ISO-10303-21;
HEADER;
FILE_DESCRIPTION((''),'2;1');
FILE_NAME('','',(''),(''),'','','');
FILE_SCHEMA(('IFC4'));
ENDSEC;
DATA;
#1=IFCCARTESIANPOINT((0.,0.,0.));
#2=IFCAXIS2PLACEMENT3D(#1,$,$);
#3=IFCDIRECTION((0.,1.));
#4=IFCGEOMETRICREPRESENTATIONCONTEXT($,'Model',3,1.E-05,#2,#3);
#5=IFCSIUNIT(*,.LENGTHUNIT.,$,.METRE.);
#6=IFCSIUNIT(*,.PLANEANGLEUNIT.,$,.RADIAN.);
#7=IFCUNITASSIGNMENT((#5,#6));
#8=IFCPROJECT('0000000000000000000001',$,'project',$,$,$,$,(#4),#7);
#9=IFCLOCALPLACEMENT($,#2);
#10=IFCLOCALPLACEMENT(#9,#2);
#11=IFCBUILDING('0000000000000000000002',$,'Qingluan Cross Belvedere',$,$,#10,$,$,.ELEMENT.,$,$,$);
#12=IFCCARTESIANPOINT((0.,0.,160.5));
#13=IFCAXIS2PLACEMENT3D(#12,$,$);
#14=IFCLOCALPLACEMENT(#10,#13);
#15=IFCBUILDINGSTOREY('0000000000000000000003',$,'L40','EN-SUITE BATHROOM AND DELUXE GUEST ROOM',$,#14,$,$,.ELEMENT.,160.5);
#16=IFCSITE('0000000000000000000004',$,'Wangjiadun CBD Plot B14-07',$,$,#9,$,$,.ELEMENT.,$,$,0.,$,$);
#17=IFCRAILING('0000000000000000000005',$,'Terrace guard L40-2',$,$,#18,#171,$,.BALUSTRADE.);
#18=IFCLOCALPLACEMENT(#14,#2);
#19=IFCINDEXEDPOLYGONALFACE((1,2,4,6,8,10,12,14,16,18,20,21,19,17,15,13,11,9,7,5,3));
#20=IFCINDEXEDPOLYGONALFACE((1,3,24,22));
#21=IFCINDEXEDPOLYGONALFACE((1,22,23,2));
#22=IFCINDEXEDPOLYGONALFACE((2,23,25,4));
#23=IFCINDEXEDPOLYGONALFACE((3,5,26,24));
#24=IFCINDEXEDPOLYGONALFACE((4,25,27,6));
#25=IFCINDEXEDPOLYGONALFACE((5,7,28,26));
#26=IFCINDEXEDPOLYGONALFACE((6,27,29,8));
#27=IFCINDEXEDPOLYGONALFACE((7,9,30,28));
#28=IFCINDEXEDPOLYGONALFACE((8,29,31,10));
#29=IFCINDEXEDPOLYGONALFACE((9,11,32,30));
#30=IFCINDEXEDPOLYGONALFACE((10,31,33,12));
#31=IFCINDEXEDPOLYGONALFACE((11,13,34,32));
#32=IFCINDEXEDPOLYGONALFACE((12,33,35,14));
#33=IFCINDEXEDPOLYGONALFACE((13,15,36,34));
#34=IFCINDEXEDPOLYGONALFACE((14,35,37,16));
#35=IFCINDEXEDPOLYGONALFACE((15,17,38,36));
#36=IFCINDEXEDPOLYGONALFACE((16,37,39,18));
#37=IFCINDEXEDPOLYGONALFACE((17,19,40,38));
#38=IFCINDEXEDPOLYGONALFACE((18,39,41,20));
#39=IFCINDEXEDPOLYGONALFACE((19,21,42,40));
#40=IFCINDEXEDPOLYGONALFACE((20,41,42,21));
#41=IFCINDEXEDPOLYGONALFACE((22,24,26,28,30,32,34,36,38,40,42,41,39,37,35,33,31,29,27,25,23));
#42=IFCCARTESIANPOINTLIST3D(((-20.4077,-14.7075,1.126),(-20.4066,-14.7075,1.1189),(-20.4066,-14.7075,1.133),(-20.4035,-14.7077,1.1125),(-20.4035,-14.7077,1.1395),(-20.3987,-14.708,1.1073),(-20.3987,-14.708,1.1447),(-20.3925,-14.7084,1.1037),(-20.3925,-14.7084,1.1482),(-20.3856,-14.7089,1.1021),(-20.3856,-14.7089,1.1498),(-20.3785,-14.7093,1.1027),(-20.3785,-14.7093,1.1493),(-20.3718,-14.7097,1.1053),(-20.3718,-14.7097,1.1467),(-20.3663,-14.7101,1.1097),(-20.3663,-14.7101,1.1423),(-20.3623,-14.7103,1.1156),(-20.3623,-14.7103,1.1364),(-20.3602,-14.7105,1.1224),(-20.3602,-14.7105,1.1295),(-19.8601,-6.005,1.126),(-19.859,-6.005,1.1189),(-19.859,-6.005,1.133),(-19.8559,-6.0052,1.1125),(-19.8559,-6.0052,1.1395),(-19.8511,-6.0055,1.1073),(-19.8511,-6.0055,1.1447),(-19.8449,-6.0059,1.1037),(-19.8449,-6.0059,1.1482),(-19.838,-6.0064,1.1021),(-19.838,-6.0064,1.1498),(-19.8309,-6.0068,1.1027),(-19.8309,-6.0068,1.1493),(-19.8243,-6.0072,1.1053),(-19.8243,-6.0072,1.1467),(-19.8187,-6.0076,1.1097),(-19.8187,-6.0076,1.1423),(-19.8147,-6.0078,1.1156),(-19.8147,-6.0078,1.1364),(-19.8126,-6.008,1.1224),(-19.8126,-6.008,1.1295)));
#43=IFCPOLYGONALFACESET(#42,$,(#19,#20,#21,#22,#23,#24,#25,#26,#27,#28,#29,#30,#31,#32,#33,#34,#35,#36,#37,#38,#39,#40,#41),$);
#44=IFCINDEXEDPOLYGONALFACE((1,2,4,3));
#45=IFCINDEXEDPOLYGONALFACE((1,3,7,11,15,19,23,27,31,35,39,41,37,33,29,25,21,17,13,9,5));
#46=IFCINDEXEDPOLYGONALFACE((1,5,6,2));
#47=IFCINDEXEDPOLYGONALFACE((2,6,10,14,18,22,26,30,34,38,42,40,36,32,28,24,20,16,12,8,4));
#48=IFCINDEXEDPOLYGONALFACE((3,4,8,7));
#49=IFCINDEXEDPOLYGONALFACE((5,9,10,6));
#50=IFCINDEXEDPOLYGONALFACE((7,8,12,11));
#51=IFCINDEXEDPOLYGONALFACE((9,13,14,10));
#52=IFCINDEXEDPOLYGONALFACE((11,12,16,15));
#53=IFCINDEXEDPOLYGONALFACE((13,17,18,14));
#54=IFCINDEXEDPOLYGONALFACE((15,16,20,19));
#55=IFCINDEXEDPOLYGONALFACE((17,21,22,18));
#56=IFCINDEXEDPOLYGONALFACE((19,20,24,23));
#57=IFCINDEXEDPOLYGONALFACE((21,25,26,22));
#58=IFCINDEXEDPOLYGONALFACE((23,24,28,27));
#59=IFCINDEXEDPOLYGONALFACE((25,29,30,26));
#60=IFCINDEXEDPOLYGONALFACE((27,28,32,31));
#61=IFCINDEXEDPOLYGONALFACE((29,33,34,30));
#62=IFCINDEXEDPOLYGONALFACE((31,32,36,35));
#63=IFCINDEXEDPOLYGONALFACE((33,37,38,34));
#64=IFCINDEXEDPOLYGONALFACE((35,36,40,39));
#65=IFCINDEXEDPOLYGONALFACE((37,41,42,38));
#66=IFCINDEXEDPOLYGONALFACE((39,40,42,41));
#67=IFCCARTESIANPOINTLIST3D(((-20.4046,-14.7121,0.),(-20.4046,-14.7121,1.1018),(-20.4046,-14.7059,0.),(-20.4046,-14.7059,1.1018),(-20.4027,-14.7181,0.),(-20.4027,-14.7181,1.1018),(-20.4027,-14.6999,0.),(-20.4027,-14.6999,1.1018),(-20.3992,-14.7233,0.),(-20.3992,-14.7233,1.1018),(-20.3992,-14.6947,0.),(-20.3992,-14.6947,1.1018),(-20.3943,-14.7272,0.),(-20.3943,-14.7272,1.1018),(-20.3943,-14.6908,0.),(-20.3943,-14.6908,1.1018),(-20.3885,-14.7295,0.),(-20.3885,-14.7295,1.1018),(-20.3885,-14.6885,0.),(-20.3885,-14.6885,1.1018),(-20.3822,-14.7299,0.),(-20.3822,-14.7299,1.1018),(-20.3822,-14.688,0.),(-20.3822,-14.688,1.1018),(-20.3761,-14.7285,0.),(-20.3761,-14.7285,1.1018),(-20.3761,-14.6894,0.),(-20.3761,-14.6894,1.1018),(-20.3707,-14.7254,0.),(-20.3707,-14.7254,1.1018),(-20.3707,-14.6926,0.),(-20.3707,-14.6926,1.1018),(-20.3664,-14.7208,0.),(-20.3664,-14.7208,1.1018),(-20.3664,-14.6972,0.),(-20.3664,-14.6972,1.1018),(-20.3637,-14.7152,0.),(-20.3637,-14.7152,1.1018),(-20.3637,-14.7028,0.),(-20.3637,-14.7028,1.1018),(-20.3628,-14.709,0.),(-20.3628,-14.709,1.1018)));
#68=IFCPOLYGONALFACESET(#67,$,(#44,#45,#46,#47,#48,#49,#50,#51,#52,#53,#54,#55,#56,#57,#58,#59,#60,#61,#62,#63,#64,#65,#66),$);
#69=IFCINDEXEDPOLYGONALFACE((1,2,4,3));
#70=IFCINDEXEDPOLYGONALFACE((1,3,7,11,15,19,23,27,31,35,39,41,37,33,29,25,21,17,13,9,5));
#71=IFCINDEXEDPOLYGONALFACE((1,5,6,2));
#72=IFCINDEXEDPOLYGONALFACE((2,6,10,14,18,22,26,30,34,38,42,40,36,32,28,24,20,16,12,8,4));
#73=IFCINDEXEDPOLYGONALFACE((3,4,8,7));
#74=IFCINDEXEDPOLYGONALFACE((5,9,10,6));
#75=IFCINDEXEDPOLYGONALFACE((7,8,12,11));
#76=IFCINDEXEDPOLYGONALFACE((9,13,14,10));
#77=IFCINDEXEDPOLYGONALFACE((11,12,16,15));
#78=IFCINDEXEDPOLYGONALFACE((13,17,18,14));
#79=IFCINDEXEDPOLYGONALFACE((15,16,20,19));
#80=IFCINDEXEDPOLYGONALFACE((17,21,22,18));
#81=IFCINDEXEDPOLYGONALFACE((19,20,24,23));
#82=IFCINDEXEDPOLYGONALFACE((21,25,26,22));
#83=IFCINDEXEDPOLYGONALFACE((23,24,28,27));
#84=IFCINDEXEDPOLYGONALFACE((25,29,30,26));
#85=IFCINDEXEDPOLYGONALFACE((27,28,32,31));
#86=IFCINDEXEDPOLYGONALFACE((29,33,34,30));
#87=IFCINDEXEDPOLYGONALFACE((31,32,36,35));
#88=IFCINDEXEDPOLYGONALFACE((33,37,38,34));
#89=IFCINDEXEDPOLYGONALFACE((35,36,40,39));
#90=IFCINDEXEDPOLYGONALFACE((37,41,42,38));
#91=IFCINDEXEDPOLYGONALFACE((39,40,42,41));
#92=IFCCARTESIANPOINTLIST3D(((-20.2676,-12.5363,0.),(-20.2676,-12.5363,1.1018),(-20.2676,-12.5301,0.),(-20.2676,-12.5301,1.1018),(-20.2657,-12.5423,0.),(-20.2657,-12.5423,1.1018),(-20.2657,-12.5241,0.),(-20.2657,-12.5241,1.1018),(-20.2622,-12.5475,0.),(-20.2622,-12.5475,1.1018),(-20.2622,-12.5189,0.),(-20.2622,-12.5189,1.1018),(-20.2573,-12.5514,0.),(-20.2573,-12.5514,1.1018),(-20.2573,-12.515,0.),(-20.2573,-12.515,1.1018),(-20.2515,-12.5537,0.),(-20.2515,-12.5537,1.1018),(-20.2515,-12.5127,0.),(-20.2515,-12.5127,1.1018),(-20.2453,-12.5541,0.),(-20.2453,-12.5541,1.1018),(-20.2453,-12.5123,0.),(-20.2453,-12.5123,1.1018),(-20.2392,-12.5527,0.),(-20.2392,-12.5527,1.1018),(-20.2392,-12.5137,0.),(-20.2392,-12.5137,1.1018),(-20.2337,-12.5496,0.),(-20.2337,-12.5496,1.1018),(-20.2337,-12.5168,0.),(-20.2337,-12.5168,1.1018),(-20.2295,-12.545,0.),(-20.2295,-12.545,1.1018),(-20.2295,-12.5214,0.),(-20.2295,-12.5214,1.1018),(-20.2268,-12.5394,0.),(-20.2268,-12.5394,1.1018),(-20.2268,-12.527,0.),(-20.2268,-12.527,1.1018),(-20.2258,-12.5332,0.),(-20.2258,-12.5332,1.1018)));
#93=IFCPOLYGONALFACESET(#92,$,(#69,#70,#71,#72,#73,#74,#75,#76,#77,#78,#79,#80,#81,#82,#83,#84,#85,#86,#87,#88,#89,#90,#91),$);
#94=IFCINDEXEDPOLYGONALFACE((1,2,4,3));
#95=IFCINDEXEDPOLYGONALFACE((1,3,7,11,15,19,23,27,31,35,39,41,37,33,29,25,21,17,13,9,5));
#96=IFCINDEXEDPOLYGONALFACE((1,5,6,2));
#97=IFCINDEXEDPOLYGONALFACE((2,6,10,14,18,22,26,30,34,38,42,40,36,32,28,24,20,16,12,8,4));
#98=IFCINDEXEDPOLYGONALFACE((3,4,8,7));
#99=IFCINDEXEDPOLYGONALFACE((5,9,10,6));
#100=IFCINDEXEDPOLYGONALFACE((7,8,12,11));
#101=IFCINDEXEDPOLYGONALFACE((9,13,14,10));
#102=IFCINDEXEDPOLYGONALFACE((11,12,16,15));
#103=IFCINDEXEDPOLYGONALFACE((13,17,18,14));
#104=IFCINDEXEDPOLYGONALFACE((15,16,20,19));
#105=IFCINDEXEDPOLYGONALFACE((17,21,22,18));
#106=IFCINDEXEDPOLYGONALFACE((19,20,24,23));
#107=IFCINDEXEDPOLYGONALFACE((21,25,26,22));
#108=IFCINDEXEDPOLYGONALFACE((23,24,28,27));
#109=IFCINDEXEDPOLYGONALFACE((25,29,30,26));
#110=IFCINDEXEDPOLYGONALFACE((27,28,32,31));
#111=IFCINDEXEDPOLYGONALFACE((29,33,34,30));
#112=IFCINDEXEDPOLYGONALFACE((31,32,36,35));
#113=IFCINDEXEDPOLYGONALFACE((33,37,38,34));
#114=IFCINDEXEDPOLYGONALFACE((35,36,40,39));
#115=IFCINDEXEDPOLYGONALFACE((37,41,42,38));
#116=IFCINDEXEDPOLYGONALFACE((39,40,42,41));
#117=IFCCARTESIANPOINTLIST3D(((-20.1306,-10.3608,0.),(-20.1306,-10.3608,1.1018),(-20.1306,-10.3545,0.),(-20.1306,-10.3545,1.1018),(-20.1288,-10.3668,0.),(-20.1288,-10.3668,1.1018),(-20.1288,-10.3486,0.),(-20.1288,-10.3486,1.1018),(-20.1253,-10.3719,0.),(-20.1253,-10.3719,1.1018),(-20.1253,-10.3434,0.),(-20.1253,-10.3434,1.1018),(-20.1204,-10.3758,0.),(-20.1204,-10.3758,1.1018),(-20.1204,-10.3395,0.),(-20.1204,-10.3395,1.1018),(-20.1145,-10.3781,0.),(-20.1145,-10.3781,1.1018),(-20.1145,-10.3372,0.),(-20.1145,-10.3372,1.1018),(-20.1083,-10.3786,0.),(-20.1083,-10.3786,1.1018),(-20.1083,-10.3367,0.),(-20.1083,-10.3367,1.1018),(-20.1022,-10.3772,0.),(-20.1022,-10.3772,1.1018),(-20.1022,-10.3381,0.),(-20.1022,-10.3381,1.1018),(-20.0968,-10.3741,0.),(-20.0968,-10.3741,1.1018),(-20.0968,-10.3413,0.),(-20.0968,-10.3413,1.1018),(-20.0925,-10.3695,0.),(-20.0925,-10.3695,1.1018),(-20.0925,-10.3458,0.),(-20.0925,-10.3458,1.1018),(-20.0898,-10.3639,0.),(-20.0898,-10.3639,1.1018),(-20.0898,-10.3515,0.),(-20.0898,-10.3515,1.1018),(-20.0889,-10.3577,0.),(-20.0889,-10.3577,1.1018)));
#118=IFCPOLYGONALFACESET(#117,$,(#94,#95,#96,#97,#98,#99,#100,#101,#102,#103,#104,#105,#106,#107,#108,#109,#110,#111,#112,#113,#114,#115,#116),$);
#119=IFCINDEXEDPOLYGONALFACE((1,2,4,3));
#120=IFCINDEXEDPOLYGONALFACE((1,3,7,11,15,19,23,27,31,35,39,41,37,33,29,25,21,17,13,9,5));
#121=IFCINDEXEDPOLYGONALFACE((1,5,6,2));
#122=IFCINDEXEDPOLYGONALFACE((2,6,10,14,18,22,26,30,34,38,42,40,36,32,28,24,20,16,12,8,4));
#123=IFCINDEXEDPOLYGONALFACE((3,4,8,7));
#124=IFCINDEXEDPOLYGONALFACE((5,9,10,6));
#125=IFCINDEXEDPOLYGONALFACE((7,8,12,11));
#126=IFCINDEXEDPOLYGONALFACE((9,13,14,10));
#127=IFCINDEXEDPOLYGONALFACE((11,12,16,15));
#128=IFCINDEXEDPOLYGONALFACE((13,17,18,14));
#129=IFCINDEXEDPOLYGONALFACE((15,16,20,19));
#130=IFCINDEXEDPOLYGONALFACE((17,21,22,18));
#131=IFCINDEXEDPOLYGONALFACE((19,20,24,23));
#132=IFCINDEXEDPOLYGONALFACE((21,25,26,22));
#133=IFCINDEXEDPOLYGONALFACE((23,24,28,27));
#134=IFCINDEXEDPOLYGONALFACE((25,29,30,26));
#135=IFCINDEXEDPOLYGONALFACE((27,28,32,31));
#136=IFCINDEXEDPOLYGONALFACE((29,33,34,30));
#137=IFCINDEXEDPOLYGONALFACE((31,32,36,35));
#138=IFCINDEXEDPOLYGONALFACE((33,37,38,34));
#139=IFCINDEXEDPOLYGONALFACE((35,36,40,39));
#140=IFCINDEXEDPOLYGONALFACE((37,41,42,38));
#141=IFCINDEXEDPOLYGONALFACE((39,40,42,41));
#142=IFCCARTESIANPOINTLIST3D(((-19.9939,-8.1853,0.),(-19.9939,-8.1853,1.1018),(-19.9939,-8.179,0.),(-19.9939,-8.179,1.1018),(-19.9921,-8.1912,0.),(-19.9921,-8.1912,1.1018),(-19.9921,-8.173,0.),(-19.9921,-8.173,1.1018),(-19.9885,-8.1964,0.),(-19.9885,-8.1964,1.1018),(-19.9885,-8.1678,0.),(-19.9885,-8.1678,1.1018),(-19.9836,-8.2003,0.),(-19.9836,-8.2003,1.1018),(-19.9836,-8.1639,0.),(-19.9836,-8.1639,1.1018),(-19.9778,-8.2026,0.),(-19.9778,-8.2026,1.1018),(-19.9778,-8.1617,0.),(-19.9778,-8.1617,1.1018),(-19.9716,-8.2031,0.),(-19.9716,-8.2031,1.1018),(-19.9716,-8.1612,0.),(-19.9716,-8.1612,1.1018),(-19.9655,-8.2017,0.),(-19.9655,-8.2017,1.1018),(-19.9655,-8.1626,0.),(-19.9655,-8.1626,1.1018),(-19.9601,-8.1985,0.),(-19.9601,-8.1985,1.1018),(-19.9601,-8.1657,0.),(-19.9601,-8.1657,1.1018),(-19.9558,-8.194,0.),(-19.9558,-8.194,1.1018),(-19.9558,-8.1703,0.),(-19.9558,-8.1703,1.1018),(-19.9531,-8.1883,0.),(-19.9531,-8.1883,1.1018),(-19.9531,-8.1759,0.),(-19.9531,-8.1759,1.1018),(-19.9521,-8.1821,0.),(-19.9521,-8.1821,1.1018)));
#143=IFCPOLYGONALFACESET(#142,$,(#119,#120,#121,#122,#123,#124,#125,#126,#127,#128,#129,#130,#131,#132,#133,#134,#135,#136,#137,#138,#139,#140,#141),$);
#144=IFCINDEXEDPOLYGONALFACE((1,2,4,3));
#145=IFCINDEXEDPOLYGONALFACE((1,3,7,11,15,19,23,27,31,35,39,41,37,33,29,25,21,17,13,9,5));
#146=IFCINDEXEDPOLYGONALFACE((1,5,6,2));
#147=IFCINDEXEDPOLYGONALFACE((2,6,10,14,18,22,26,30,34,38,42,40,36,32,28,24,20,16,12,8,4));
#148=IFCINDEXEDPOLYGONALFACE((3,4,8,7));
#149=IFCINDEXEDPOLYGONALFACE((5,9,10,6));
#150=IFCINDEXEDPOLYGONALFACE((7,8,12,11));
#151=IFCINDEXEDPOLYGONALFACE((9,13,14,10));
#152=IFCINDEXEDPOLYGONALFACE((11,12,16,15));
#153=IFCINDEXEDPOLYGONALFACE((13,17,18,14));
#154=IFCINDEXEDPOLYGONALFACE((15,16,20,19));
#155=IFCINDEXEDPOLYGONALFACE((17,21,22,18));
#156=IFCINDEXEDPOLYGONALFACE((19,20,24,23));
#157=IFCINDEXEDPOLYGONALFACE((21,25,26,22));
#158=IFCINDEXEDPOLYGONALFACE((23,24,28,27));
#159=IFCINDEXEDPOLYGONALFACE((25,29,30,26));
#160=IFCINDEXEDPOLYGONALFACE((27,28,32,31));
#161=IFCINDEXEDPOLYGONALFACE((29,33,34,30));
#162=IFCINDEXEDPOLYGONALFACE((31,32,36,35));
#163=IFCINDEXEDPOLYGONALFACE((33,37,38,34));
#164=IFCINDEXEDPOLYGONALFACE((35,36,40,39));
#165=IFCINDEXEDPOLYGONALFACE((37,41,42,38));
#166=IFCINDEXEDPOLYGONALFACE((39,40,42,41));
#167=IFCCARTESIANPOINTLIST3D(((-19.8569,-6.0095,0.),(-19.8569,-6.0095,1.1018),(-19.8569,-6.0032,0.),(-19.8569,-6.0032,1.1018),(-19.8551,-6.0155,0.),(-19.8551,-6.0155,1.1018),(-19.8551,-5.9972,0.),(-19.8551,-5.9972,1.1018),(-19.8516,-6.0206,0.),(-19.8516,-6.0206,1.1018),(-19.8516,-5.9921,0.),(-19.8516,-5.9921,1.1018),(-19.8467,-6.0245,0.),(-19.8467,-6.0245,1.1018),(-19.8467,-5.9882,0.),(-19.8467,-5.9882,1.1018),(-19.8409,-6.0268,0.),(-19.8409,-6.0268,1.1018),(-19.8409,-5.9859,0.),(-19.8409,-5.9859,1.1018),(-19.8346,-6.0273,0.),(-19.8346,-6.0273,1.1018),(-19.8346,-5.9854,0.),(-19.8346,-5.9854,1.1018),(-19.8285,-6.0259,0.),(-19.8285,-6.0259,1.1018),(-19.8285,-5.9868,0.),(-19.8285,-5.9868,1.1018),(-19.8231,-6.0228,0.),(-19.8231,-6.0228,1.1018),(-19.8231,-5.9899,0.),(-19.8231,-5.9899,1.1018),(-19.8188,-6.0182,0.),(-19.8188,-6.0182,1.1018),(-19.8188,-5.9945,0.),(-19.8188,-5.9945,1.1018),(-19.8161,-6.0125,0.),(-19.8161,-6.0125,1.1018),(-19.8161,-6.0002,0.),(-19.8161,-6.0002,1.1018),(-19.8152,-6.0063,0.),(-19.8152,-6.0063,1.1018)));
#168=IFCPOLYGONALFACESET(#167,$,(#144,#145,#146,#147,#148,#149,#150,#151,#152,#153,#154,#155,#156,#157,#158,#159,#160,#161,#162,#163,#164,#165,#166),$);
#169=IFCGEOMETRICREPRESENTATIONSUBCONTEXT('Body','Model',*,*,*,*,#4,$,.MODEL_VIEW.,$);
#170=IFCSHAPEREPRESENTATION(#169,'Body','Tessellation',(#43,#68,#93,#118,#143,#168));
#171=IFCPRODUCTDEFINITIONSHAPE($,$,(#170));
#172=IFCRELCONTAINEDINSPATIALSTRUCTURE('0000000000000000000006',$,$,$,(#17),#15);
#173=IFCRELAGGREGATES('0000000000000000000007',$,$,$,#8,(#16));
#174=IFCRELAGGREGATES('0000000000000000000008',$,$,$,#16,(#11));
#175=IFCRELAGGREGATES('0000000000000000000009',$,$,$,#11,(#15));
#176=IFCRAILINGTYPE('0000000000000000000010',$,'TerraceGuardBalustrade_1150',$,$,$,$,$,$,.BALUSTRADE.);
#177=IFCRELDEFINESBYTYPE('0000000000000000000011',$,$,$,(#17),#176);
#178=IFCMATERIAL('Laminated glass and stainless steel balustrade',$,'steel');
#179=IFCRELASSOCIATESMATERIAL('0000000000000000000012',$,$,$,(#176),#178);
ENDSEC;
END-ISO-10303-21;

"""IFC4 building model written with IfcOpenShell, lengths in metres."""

from ifc_helpers import new_model, si_unit, direction, frame, origin, origin_2d, place, context, subcontext, project, spatial, circle, extrude, material, type_object, element, save


model = new_model("IFC4")

# Units and contexts
model_context = context("Model", 3, precision=1e-05, world=origin(), true_north=direction((0.0, 1.0)))
body_context = subcontext(model_context, "Body", "Model", "MODEL_VIEW")
ifc_project = project(units=[si_unit("LENGTHUNIT", "METRE"), si_unit("PLANEANGLEUNIT", "RADIAN")], contexts=[model_context])

# Site, building, storey
site_placement = place(None, origin())
site = spatial("IfcSite", under=ifc_project, at=site_placement, Name="Wangjiadun CBD Plot B14-07", CompositionType="ELEMENT", RefElevation=0.0)
building_placement = place(site_placement, origin())
building = spatial("IfcBuilding", under=site, at=building_placement, Name="Qingluan Cross Belvedere", CompositionType="ELEMENT")
storey_placement = place(building_placement, frame((0.0, 0.0, 160.5)))
storey = spatial("IfcBuildingStorey", under=building, at=storey_placement, Name="L40", Description="EN-SUITE BATHROOM AND DELUXE GUEST ROOM", CompositionType="ELEMENT", Elevation=160.5)

# Railing
ifc_material_1 = material(Name="Laminated glass and stainless steel balustrade", Category="steel")
railing_type = type_object("IfcRailingType", Name="TerraceGuardBalustrade_1150", PredefinedType="BALUSTRADE", material=ifc_material_1)
railing_1_placement = place(storey_placement, frame((-20.3838, -14.709, 0.0)))
element("IfcRailing", 1, at=railing_1_placement, inside=storey, type_object=railing_type, Name="Terrace guard L40-2", PredefinedType="BALUSTRADE", context=body_context, shape_type="SweptSolid", body=[
    extrude(circle(Radius=0.0239, at=origin_2d()), frame((0.0, 0.0, 1.126), z_axis=(0.0628, 0.998026, 0.0), x_axis=(-0.998026, 0.0628, 0.0)), (0.0, 0.0, 1.0), 8.7197),
    extrude(circle(Radius=0.021, at=origin_2d()), origin(), (0.0, 0.0, 1.0), 1.1018),
    extrude(circle(Radius=0.021, at=origin_2d()), frame((0.137, 2.1758, 0.0)), (0.0, 0.0, 1.0), 1.1018),
    extrude(circle(Radius=0.021, at=origin_2d()), frame((0.2739, 4.3513, 0.0)), (0.0, 0.0, 1.0), 1.1018),
    extrude(circle(Radius=0.021, at=origin_2d()), frame((0.4106, 6.5269, 0.0)), (0.0, 0.0, 1.0), 1.1018),
    extrude(circle(Radius=0.021, at=origin_2d()), frame((0.5476, 8.7026, 0.0)), (0.0, 0.0, 1.0), 1.1018),
])

save(model, "model.ifc")
